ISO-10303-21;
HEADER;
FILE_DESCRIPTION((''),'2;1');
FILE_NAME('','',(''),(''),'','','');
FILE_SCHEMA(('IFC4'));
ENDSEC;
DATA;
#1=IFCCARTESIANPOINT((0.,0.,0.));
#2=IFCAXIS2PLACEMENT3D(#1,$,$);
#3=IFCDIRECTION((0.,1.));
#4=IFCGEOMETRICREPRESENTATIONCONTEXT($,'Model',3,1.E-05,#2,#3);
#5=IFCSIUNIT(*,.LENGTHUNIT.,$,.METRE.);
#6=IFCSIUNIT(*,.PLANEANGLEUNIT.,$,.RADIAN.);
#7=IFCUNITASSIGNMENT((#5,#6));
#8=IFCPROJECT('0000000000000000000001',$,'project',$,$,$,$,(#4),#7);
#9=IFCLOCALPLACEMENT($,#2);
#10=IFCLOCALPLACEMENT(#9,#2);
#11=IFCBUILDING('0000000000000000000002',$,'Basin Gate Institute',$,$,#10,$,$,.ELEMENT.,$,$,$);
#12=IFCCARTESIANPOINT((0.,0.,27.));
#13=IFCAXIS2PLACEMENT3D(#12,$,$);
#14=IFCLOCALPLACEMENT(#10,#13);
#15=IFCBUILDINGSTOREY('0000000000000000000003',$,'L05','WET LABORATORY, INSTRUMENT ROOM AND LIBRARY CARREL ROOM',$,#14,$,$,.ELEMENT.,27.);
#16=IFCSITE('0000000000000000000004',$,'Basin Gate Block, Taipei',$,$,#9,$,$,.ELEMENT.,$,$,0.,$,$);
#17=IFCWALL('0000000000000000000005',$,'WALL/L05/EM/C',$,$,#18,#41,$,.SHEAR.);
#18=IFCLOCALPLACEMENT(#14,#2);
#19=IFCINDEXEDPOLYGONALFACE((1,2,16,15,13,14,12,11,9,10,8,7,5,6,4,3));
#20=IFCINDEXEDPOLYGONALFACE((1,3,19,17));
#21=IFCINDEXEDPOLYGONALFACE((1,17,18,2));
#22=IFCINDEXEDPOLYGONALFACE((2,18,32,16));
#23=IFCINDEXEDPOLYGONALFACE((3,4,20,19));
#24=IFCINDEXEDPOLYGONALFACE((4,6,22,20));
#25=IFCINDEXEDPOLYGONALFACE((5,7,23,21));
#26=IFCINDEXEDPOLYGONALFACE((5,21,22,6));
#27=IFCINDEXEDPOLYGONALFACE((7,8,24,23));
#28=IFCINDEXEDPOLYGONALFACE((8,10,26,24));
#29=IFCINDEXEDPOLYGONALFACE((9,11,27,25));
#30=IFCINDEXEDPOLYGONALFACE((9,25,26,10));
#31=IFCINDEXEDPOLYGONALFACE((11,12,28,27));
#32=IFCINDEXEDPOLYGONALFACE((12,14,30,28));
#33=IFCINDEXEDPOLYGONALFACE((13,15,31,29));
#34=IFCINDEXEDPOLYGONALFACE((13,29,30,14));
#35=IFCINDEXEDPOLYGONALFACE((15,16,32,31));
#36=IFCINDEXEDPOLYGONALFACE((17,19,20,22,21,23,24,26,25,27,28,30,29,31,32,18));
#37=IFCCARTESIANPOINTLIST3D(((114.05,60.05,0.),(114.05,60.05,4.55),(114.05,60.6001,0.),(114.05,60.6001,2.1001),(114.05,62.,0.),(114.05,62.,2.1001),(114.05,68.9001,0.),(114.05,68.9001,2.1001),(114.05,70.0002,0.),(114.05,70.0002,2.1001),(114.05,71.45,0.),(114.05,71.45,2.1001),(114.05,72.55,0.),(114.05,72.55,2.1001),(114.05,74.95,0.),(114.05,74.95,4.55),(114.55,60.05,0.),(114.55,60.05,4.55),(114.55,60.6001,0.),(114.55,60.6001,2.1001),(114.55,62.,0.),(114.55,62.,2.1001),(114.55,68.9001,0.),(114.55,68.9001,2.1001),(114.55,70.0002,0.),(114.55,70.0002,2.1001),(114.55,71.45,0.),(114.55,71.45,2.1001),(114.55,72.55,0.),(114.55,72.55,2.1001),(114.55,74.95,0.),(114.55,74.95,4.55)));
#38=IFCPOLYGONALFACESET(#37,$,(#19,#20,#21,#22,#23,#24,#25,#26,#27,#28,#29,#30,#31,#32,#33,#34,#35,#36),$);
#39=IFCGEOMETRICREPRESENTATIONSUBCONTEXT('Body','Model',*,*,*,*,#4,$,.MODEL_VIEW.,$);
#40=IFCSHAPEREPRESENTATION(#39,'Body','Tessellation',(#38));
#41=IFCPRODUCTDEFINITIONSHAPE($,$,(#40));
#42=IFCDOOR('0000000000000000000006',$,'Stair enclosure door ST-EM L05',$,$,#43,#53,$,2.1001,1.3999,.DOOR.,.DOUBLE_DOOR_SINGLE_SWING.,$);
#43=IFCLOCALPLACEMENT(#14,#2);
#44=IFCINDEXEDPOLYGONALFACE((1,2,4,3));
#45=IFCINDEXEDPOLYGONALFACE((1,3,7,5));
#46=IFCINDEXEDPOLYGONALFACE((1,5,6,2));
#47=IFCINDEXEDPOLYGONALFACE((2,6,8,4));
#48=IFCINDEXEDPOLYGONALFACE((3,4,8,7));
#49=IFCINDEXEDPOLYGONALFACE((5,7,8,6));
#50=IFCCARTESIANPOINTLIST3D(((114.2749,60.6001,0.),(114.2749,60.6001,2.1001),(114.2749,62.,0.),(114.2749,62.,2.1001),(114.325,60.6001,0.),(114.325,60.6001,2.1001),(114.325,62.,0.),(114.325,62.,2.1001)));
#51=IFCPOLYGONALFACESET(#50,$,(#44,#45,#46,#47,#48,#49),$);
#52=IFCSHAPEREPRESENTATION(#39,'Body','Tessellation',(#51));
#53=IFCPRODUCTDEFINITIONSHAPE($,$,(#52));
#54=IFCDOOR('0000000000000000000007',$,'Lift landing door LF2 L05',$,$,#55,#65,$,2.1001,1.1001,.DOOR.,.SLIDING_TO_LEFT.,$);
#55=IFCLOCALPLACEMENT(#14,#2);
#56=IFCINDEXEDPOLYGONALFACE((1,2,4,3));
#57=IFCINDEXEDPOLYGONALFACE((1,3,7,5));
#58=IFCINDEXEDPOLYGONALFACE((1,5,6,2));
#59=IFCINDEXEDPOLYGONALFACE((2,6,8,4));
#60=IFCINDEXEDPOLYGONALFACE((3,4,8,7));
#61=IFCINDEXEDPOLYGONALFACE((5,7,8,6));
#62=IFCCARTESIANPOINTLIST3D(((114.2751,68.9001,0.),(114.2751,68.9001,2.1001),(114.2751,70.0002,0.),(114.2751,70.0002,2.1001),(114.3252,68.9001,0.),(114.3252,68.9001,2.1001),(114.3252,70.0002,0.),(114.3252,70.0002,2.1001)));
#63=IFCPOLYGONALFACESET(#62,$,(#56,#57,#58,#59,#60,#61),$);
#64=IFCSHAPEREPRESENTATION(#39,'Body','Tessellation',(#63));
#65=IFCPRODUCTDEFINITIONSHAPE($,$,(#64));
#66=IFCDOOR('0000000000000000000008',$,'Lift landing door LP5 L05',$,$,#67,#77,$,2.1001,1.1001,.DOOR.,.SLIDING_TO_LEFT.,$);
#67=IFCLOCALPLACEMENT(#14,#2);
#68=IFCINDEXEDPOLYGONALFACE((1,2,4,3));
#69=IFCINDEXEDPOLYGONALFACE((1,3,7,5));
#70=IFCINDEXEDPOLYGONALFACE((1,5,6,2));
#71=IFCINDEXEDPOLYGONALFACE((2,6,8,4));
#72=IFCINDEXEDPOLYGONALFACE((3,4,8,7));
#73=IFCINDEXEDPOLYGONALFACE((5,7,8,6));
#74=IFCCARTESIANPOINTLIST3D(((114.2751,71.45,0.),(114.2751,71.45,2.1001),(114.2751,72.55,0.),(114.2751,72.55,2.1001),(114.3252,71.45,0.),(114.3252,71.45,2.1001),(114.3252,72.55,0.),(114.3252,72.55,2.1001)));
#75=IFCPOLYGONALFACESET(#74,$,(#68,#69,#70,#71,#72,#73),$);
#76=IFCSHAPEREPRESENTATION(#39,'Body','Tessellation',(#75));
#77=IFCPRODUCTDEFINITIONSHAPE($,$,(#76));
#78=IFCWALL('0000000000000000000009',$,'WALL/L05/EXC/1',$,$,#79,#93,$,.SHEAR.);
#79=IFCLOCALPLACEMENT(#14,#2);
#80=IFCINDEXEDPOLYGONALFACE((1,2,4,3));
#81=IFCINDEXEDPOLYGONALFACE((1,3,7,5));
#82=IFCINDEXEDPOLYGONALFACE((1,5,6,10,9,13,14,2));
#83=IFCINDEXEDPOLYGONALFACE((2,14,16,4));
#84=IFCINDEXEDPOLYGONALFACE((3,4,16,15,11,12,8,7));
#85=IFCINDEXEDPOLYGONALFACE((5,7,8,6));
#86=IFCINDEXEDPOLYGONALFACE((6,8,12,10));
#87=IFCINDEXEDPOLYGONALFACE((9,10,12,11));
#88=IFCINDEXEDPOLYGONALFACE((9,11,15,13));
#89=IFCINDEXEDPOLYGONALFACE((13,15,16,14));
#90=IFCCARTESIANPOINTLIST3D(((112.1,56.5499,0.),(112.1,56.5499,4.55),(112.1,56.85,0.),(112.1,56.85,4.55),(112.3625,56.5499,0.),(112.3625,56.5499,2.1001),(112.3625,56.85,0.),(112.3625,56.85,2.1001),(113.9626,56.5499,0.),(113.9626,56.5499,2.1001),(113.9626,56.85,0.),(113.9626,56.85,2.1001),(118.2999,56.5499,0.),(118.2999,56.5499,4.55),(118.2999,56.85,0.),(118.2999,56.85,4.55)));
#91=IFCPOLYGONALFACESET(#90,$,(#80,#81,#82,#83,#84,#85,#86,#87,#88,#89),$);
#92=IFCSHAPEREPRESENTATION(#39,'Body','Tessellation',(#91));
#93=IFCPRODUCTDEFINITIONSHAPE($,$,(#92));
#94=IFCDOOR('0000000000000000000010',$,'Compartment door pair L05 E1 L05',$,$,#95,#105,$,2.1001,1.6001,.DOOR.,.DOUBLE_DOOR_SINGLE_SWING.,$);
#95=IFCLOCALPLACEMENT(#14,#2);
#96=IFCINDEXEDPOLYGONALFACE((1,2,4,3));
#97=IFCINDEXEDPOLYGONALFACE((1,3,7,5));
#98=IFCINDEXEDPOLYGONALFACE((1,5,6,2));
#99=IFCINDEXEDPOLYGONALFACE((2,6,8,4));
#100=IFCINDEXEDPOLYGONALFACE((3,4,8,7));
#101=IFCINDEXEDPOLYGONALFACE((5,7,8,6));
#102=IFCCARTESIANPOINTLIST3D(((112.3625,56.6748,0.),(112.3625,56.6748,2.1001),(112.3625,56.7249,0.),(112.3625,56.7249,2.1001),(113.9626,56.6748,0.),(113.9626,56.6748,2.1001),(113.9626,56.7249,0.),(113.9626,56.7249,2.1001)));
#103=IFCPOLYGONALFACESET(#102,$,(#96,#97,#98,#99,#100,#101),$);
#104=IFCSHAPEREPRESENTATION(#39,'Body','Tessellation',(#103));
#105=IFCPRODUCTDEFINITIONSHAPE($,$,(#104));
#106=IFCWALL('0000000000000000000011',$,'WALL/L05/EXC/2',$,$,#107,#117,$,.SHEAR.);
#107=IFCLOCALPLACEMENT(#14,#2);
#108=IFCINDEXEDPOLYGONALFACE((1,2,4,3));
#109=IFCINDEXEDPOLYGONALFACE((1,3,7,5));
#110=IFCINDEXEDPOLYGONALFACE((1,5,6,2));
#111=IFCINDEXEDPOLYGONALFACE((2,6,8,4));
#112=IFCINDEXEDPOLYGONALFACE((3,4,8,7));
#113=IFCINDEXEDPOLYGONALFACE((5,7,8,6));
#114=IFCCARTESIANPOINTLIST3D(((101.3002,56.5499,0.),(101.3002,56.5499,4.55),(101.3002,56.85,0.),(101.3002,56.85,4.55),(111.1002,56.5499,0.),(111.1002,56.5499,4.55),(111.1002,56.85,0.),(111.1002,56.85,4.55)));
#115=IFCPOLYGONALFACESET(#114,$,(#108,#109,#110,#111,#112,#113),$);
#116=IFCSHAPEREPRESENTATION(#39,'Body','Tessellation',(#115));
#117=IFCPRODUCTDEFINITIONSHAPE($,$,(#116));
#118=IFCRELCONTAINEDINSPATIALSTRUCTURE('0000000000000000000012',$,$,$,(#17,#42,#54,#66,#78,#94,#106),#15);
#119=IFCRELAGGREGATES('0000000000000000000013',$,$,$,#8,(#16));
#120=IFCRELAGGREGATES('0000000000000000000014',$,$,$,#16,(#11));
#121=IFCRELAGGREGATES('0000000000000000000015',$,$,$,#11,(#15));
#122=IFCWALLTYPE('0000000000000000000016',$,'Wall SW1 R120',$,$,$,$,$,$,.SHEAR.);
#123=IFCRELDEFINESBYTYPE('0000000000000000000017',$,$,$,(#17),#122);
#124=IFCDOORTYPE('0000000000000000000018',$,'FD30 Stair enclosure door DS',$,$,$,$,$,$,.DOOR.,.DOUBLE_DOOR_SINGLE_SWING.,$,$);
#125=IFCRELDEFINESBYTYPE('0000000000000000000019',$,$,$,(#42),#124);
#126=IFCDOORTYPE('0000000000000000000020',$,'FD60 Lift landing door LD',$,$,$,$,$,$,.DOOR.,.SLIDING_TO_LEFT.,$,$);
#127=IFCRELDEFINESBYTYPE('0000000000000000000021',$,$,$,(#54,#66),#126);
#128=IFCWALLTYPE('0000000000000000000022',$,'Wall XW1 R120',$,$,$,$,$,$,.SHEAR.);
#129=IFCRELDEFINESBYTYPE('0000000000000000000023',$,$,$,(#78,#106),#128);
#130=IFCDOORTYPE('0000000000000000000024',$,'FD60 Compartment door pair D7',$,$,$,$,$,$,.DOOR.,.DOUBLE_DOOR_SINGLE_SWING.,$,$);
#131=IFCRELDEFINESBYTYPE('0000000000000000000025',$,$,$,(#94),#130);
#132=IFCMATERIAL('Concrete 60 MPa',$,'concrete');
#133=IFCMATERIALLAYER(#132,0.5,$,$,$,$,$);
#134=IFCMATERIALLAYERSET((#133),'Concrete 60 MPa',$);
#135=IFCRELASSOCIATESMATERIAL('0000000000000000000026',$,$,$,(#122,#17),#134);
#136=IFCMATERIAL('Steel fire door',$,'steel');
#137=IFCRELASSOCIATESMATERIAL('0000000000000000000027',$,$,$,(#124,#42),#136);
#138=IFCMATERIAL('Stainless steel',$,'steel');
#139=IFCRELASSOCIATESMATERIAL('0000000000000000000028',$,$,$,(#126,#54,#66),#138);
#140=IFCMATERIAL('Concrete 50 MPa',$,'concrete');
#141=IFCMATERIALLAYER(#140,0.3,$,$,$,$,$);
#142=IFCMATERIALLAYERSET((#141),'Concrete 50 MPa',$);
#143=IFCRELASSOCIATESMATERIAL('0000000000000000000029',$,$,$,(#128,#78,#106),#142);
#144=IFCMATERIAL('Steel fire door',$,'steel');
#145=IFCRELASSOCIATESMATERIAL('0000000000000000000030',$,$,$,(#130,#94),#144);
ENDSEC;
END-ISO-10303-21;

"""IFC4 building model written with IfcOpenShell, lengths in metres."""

from ifc_helpers import new_model, si_unit, direction, frame, frame_2d, origin, place, context, subcontext, project, spatial, rectangle, extrude, material, layer, layer_set, type_object, element, fill, save


model = new_model("IFC4")

# Units and contexts
model_context = context("Model", 3, precision=1e-05, world=origin(), true_north=direction((0.0, 1.0)))
body_context = subcontext(model_context, "Body", "Model", "MODEL_VIEW")
ifc_project = project(units=[si_unit("LENGTHUNIT", "METRE"), si_unit("PLANEANGLEUNIT", "RADIAN")], contexts=[model_context])

# Site, building, storey
site_placement = place(None, origin())
site = spatial("IfcSite", under=ifc_project, at=site_placement, Name="Basin Gate Block, Taipei", CompositionType="ELEMENT", RefElevation=0.0)
building_placement = place(site_placement, origin())
building = spatial("IfcBuilding", under=site, at=building_placement, Name="Basin Gate Institute", CompositionType="ELEMENT")
storey_placement = place(building_placement, frame((0.0, 0.0, 27.0)))
storey = spatial("IfcBuildingStorey", under=building, at=storey_placement, Name="L05", Description="WET LABORATORY, INSTRUMENT ROOM AND LIBRARY CARREL ROOM", CompositionType="ELEMENT", Elevation=27.0)

# Wall, openings, doors
ifc_material_1 = material(Name="Concrete 60 MPa", Category="concrete")
ifc_layer_1 = layer(ifc_material_1, 0.5)
ifc_layer_set_1 = layer_set([ifc_layer_1], Name="Concrete 60 MPa")
wall_type_1 = type_object("IfcWallType", Name="Wall SW1 R120", PredefinedType="SHEAR", material=ifc_layer_set_1)
wall_1_placement = place(storey_placement, frame((114.3, 60.05, 0.0), z_axis=(0.0, 0.0, 1.0), x_axis=(0.0, 1.0, 0.0)))
wall_1 = element("IfcWall", 1, at=wall_1_placement, inside=storey, type_object=wall_type_1, material=ifc_layer_set_1, Name="WALL/L05/EM/C", PredefinedType="SHEAR", context=body_context, shape_type="SweptSolid", body=[
    extrude(rectangle(XDim=14.8999, YDim=0.5, at=frame_2d((7.45, 0.0))), origin(), (0.0, 0.0, 1.0), 4.55),
])
opening_1_placement = place(wall_1_placement, frame((0.55, 0.0, 0.0)))
opening_1 = element("IfcOpeningElement", 2, at=opening_1_placement, cuts=wall_1, PredefinedType="OPENING", context=body_context, shape_type="SweptSolid", body=[
    extrude(rectangle(XDim=1.3999, YDim=2.1001, at=frame_2d((0.7, 1.05))), frame((0.0, 0.26, 0.0), z_axis=(0.0, -1.0, 0.0), x_axis=(1.0, 0.0, 0.0)), (0.0, 0.0, 1.0), 0.52),
])
opening_2_placement = place(wall_1_placement, frame((8.8501, 0.0, 0.0)))
opening_2 = element("IfcOpeningElement", 3, at=opening_2_placement, cuts=wall_1, PredefinedType="OPENING", context=body_context, shape_type="SweptSolid", body=[
    extrude(rectangle(XDim=1.1001, YDim=2.1001, at=frame_2d((0.55, 1.05))), frame((0.0, 0.26, 0.0), z_axis=(0.0, -1.0, 0.0), x_axis=(1.0, 0.0, 0.0)), (0.0, 0.0, 1.0), 0.52),
])
opening_3_placement = place(wall_1_placement, frame((11.3999, 0.0, 0.0)))
opening_3 = element("IfcOpeningElement", 4, at=opening_3_placement, cuts=wall_1, PredefinedType="OPENING", context=body_context, shape_type="SweptSolid", body=[
    extrude(rectangle(XDim=1.1001, YDim=2.1001, at=frame_2d((0.55, 1.05))), frame((0.0, 0.26, 0.0), z_axis=(0.0, -1.0, 0.0), x_axis=(1.0, 0.0, 0.0)), (0.0, 0.0, 1.0), 0.52),
])
ifc_material_2 = material(Name="Steel fire door", Category="steel")
door_type_1 = type_object("IfcDoorType", Name="FD30 Stair enclosure door DS", OperationType="DOUBLE_DOOR_SINGLE_SWING", PredefinedType="DOOR", material=ifc_material_2)
door_1_placement = place(opening_1_placement, frame((1.3999, 0.0, 0.0), z_axis=(0.0, 0.0, 1.0), x_axis=(-1.0, 0.0, 0.0)))
door_1 = element("IfcDoor", 5, at=door_1_placement, inside=storey, type_object=door_type_1, material=ifc_material_2, Name="Stair enclosure door ST-EM L05", OperationType="DOUBLE_DOOR_SINGLE_SWING", OverallHeight=2.1001, OverallWidth=1.3999, PredefinedType="DOOR", context=body_context, shape_type="SweptSolid", body=[
    extrude(rectangle(XDim=1.3999, YDim=2.1001, at=frame_2d((0.7, 1.05))), frame((0.0, 0.0249, 0.0), z_axis=(0.0, -1.0, 0.0), x_axis=(1.0, 0.0, 0.0)), (0.0, 0.0, 1.0), 0.05),
])
fill(opening_1, door_1)
ifc_material_3 = material(Name="Stainless steel", Category="steel")
door_type_2 = type_object("IfcDoorType", Name="FD60 Lift landing door LD", OperationType="SLIDING_TO_LEFT", PredefinedType="DOOR", material=ifc_material_3)
door_2_placement = place(opening_2_placement, origin())
door_2 = element("IfcDoor", 6, at=door_2_placement, inside=storey, type_object=door_type_2, material=ifc_material_3, Name="Lift landing door LF2 L05", OperationType="SLIDING_TO_LEFT", OverallHeight=2.1001, OverallWidth=1.1001, PredefinedType="DOOR", context=body_context, shape_type="SweptSolid", body=[
    extrude(rectangle(XDim=1.1001, YDim=2.1001, at=frame_2d((0.55, 1.05))), frame((0.0, 0.0249, 0.0), z_axis=(0.0, -1.0, 0.0), x_axis=(1.0, 0.0, 0.0)), (0.0, 0.0, 1.0), 0.05),
])
fill(opening_2, door_2)
door_3_placement = place(opening_3_placement, origin())
door_3 = element("IfcDoor", 7, at=door_3_placement, inside=storey, type_object=door_type_2, material=ifc_material_3, Name="Lift landing door LP5 L05", OperationType="SLIDING_TO_LEFT", OverallHeight=2.1001, OverallWidth=1.1001, PredefinedType="DOOR", context=body_context, shape_type="SweptSolid", body=[
    extrude(rectangle(XDim=1.1001, YDim=2.1001, at=frame_2d((0.55, 1.05))), frame((0.0, 0.0249, 0.0), z_axis=(0.0, -1.0, 0.0), x_axis=(1.0, 0.0, 0.0)), (0.0, 0.0, 1.0), 0.05),
])
fill(opening_3, door_3)

# Wall, opening, door
ifc_material_4 = material(Name="Concrete 50 MPa", Category="concrete")
ifc_layer_2 = layer(ifc_material_4, 0.3)
ifc_layer_set_2 = layer_set([ifc_layer_2], Name="Concrete 50 MPa")
wall_type_2 = type_object("IfcWallType", Name="Wall XW1 R120", PredefinedType="SHEAR", material=ifc_layer_set_2)
wall_2_placement = place(storey_placement, frame((118.3, 56.7, 0.0), z_axis=(0.0, 0.0, 1.0), x_axis=(-1.0, 0.0, 0.0)))
wall_2 = element("IfcWall", 8, at=wall_2_placement, inside=storey, type_object=wall_type_2, material=ifc_layer_set_2, Name="WALL/L05/EXC/1", PredefinedType="SHEAR", context=body_context, shape_type="SweptSolid", body=[
    extrude(rectangle(XDim=6.2, YDim=0.3, at=frame_2d((3.1001, 0.0))), origin(), (0.0, 0.0, 1.0), 4.55),
])
opening_4_placement = place(wall_2_placement, frame((4.3374, 0.0, 0.0)))
opening_4 = element("IfcOpeningElement", 9, at=opening_4_placement, cuts=wall_2, PredefinedType="OPENING", context=body_context, shape_type="SweptSolid", body=[
    extrude(rectangle(XDim=1.6001, YDim=2.1001, at=frame_2d((0.8, 1.05))), frame((0.0, 0.1602, 0.0), z_axis=(0.0, -1.0, 0.0), x_axis=(1.0, 0.0, 0.0)), (0.0, 0.0, 1.0), 0.3201),
])
ifc_material_5 = material(Name="Steel fire door", Category="steel")
door_type_3 = type_object("IfcDoorType", Name="FD60 Compartment door pair D7", OperationType="DOUBLE_DOOR_SINGLE_SWING", PredefinedType="DOOR", material=ifc_material_5)
door_4_placement = place(opening_4_placement, frame((1.6001, 0.0, 0.0), z_axis=(0.0, 0.0, 1.0), x_axis=(-1.0, 0.0, 0.0)))
door_4 = element("IfcDoor", 10, at=door_4_placement, inside=storey, type_object=door_type_3, material=ifc_material_5, Name="Compartment door pair L05 E1 L05", OperationType="DOUBLE_DOOR_SINGLE_SWING", OverallHeight=2.1001, OverallWidth=1.6001, PredefinedType="DOOR", context=body_context, shape_type="SweptSolid", body=[
    extrude(rectangle(XDim=1.6001, YDim=2.1001, at=frame_2d((0.8, 1.05))), frame((0.0, 0.0249, 0.0), z_axis=(0.0, -1.0, 0.0), x_axis=(1.0, 0.0, 0.0)), (0.0, 0.0, 1.0), 0.05),
])
fill(opening_4, door_4)

# Wall
wall_3_placement = place(storey_placement, frame((111.1001, 56.7, 0.0), z_axis=(0.0, 0.0, 1.0), x_axis=(-1.0, 0.0, 0.0)))
element("IfcWall", 11, at=wall_3_placement, inside=storey, type_object=wall_type_2, material=ifc_layer_set_2, Name="WALL/L05/EXC/2", PredefinedType="SHEAR", context=body_context, shape_type="SweptSolid", body=[
    extrude(rectangle(XDim=9.8, YDim=0.3, at=frame_2d((4.8999, 0.0))), origin(), (0.0, 0.0, 1.0), 4.55),
])

save(model, "model.ifc")
